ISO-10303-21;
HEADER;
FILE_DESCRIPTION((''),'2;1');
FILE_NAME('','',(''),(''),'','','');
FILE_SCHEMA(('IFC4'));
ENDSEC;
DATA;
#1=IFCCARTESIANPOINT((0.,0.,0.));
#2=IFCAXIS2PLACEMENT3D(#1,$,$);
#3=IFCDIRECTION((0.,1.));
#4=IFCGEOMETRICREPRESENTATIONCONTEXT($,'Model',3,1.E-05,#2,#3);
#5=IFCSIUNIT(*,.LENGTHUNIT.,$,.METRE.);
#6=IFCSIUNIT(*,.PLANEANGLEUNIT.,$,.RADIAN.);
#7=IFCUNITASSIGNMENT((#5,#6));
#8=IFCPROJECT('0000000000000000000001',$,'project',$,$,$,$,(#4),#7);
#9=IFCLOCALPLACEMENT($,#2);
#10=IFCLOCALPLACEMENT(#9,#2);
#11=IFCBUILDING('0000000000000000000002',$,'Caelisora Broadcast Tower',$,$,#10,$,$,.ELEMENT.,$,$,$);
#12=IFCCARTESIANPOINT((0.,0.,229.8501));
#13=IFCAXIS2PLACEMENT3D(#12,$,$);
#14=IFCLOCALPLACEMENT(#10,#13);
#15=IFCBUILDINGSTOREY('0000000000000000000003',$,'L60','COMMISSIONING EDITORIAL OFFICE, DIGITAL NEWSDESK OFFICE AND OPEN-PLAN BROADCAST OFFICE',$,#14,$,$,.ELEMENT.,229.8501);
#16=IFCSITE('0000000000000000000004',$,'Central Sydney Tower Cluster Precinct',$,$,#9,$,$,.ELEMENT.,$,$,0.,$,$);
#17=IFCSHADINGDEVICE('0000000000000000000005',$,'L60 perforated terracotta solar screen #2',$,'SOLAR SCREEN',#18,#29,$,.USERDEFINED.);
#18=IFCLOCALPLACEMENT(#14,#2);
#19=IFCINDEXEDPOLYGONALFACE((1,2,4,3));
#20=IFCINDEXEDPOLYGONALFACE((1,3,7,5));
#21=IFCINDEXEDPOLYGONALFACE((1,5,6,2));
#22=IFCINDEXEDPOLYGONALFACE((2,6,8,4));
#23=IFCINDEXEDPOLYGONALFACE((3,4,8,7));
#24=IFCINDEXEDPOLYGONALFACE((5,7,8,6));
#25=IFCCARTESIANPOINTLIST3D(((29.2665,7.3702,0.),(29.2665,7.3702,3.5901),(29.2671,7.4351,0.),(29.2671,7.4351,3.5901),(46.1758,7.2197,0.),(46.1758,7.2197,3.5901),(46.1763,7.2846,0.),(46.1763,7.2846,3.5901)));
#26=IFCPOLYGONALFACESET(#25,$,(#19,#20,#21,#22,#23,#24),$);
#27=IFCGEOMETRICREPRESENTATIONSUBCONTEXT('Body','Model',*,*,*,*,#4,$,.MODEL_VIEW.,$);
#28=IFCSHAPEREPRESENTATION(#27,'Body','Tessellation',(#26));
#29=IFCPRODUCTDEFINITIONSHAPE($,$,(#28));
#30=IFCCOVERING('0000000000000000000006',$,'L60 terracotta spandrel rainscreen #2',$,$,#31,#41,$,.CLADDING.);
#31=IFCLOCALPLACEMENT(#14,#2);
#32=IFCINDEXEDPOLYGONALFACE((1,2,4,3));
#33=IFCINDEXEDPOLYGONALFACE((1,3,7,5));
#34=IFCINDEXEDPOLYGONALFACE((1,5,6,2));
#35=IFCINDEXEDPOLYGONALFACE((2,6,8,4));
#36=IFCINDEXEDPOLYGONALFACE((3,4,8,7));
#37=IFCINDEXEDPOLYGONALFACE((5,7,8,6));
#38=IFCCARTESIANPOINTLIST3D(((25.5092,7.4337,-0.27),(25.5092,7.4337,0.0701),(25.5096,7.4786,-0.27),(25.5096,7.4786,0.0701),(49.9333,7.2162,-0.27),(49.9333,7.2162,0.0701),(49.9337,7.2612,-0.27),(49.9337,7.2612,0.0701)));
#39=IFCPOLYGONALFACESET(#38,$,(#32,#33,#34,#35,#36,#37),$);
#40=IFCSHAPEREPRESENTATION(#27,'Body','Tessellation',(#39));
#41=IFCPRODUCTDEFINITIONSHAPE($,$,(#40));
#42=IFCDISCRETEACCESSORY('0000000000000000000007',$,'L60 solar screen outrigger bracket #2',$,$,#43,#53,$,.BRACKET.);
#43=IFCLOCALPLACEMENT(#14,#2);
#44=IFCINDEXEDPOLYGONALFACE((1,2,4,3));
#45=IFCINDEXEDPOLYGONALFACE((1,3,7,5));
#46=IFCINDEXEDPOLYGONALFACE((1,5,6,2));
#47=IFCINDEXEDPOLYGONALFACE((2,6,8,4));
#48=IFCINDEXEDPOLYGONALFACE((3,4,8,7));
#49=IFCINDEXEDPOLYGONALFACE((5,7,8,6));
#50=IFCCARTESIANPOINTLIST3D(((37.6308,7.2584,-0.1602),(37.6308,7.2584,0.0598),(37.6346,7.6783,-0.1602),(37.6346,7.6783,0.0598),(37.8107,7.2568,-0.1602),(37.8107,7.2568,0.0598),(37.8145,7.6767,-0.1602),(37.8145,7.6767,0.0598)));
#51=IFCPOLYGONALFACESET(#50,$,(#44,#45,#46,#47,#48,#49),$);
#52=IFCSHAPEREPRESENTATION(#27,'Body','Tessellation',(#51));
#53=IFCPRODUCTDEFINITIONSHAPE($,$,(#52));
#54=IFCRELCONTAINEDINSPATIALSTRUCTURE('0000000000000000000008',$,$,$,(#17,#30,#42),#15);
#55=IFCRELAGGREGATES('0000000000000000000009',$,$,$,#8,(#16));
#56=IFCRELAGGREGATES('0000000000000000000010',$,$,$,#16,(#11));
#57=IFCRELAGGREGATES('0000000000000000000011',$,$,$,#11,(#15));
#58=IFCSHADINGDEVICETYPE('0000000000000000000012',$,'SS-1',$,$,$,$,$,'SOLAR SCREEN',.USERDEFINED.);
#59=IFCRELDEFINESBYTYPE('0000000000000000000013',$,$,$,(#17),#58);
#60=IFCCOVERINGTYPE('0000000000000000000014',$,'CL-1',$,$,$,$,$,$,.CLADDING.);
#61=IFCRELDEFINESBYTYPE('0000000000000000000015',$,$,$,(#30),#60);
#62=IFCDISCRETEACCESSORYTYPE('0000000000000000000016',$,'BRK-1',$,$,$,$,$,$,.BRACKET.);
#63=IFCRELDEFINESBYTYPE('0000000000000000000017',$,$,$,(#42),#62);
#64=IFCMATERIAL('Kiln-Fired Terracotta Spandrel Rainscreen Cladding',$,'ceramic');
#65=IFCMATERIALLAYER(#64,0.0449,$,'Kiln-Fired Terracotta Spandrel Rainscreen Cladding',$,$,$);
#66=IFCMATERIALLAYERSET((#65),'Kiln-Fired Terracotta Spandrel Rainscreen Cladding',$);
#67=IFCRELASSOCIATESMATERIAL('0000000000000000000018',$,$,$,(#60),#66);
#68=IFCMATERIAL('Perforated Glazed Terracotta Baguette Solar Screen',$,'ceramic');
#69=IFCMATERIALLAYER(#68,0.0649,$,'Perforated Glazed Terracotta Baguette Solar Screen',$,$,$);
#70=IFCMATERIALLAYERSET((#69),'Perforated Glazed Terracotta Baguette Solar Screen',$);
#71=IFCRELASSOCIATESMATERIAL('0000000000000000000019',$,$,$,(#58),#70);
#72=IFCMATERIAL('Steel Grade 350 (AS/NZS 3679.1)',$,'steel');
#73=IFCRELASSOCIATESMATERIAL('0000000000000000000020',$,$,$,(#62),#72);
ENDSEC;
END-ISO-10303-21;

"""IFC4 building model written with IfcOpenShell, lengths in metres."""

from ifc_helpers import new_model, si_unit, direction, frame, origin, origin_2d, place, context, subcontext, project, spatial, rectangle, extrude, source, transform, mapped, material, layer, layer_set, type_object, type_shapes, element, save


model = new_model("IFC4")

# Units and contexts
model_context = context("Model", 3, precision=1e-05, world=origin(), true_north=direction((0.0, 1.0)))
body_context = subcontext(model_context, "Body", "Model", "MODEL_VIEW")
ifc_project = project(units=[si_unit("LENGTHUNIT", "METRE"), si_unit("PLANEANGLEUNIT", "RADIAN")], contexts=[model_context])

# Site, building, storey
site_placement = place(None, origin())
site = spatial("IfcSite", under=ifc_project, at=site_placement, Name="Central Sydney Tower Cluster Precinct", CompositionType="ELEMENT", RefElevation=0.0)
building_placement = place(site_placement, origin())
building = spatial("IfcBuilding", under=site, at=building_placement, Name="Caelisora Broadcast Tower", CompositionType="ELEMENT")
storey_placement = place(building_placement, frame((0.0, 0.0, 229.8501)))
storey = spatial("IfcBuildingStorey", under=building, at=storey_placement, Name="L60", Description="COMMISSIONING EDITORIAL OFFICE, DIGITAL NEWSDESK OFFICE AND OPEN-PLAN BROADCAST OFFICE", CompositionType="ELEMENT", Elevation=229.8501)

# Shared definitions
ifc_material_1 = material(Name="Steel Grade 350 (AS/NZS 3679.1)", Category="steel")

# Shared definitions
ifc_material_2 = material(Name="Kiln-Fired Terracotta Spandrel Rainscreen Cladding", Category="ceramic")
ifc_layer_1 = layer(ifc_material_2, 0.0449, Name="Kiln-Fired Terracotta Spandrel Rainscreen Cladding")
ifc_layer_set_1 = layer_set([ifc_layer_1], Name="Kiln-Fired Terracotta Spandrel Rainscreen Cladding")
covering_type = type_object("IfcCoveringType", Name="CL-1", PredefinedType="CLADDING", material=ifc_layer_set_1)

# Shading device
ifc_material_3 = material(Name="Perforated Glazed Terracotta Baguette Solar Screen", Category="ceramic")
ifc_layer_2 = layer(ifc_material_3, 0.0649, Name="Perforated Glazed Terracotta Baguette Solar Screen")
ifc_layer_set_2 = layer_set([ifc_layer_2], Name="Perforated Glazed Terracotta Baguette Solar Screen")
shading_device_type_1 = type_object("IfcShadingDeviceType", Name="SS-1", ElementType="SOLAR SCREEN", PredefinedType="USERDEFINED", material=ifc_layer_set_2)
shared_shape_1 = source(origin(), body_context, "Body", "SweptSolid", [
    extrude(rectangle(XDim=16.9099, YDim=0.0649, at=origin_2d()), origin(), (0.0, 0.0, 1.0), 3.5901),
])
type_shapes(shading_device_type_1, [shared_shape_1])
shading_device_1_placement = place(storey_placement, frame((37.7214, 7.3274, 0.0), z_axis=(0.0, 0.0, 1.0), x_axis=(0.99996, -0.008901, 0.0)))
element("IfcShadingDevice", 1, at=shading_device_1_placement, inside=storey, type_object=shading_device_type_1, Name="L60 perforated terracotta solar screen #2", ObjectType="SOLAR SCREEN", PredefinedType="USERDEFINED", context=body_context, shape_type="MappedRepresentation", body=[
    mapped(shared_shape_1, transform((0.0, 0.0, 0.0), scale=1.0)),
])

# Covering
shared_shape_2 = source(origin(), body_context, "Body", "SweptSolid", [
    extrude(rectangle(XDim=24.425, YDim=0.0449, at=origin_2d()), origin(), (0.0, 0.0, 1.0), 0.3401),
])
covering_1_placement = place(storey_placement, frame((37.7214, 7.3474, -0.27), z_axis=(0.0, 0.0, 1.0), x_axis=(0.99996, -0.008901, 0.0)))
element("IfcCovering", 2, at=covering_1_placement, inside=storey, type_object=covering_type, Name="L60 terracotta spandrel rainscreen #2", PredefinedType="CLADDING", context=body_context, shape_type="MappedRepresentation", body=[
    mapped(shared_shape_2, transform((0.0, 0.0, 0.0), scale=1.0)),
])

# Discrete accessory
discrete_accessory_type = type_object("IfcDiscreteAccessoryType", Name="BRK-1", PredefinedType="BRACKET", material=ifc_material_1)
shared_shape_3 = source(origin(), body_context, "Body", "SweptSolid", [
    extrude(rectangle(XDim=0.1799, YDim=0.4199, at=origin_2d()), origin(), (0.0, 0.0, 1.0), 0.22),
])
type_shapes(discrete_accessory_type, [shared_shape_3])
discrete_accessory_placement = place(storey_placement, frame((37.7227, 7.4675, -0.1602), z_axis=(0.0, 0.0, 1.0), x_axis=(0.99996, -0.008901, 0.0)))
element("IfcDiscreteAccessory", 3, at=discrete_accessory_placement, inside=storey, type_object=discrete_accessory_type, Name="L60 solar screen outrigger bracket #2", PredefinedType="BRACKET", context=body_context, shape_type="MappedRepresentation", body=[
    mapped(shared_shape_3, transform((0.0, 0.0, 0.0), scale=1.0)),
])

save(model, "model.ifc")
